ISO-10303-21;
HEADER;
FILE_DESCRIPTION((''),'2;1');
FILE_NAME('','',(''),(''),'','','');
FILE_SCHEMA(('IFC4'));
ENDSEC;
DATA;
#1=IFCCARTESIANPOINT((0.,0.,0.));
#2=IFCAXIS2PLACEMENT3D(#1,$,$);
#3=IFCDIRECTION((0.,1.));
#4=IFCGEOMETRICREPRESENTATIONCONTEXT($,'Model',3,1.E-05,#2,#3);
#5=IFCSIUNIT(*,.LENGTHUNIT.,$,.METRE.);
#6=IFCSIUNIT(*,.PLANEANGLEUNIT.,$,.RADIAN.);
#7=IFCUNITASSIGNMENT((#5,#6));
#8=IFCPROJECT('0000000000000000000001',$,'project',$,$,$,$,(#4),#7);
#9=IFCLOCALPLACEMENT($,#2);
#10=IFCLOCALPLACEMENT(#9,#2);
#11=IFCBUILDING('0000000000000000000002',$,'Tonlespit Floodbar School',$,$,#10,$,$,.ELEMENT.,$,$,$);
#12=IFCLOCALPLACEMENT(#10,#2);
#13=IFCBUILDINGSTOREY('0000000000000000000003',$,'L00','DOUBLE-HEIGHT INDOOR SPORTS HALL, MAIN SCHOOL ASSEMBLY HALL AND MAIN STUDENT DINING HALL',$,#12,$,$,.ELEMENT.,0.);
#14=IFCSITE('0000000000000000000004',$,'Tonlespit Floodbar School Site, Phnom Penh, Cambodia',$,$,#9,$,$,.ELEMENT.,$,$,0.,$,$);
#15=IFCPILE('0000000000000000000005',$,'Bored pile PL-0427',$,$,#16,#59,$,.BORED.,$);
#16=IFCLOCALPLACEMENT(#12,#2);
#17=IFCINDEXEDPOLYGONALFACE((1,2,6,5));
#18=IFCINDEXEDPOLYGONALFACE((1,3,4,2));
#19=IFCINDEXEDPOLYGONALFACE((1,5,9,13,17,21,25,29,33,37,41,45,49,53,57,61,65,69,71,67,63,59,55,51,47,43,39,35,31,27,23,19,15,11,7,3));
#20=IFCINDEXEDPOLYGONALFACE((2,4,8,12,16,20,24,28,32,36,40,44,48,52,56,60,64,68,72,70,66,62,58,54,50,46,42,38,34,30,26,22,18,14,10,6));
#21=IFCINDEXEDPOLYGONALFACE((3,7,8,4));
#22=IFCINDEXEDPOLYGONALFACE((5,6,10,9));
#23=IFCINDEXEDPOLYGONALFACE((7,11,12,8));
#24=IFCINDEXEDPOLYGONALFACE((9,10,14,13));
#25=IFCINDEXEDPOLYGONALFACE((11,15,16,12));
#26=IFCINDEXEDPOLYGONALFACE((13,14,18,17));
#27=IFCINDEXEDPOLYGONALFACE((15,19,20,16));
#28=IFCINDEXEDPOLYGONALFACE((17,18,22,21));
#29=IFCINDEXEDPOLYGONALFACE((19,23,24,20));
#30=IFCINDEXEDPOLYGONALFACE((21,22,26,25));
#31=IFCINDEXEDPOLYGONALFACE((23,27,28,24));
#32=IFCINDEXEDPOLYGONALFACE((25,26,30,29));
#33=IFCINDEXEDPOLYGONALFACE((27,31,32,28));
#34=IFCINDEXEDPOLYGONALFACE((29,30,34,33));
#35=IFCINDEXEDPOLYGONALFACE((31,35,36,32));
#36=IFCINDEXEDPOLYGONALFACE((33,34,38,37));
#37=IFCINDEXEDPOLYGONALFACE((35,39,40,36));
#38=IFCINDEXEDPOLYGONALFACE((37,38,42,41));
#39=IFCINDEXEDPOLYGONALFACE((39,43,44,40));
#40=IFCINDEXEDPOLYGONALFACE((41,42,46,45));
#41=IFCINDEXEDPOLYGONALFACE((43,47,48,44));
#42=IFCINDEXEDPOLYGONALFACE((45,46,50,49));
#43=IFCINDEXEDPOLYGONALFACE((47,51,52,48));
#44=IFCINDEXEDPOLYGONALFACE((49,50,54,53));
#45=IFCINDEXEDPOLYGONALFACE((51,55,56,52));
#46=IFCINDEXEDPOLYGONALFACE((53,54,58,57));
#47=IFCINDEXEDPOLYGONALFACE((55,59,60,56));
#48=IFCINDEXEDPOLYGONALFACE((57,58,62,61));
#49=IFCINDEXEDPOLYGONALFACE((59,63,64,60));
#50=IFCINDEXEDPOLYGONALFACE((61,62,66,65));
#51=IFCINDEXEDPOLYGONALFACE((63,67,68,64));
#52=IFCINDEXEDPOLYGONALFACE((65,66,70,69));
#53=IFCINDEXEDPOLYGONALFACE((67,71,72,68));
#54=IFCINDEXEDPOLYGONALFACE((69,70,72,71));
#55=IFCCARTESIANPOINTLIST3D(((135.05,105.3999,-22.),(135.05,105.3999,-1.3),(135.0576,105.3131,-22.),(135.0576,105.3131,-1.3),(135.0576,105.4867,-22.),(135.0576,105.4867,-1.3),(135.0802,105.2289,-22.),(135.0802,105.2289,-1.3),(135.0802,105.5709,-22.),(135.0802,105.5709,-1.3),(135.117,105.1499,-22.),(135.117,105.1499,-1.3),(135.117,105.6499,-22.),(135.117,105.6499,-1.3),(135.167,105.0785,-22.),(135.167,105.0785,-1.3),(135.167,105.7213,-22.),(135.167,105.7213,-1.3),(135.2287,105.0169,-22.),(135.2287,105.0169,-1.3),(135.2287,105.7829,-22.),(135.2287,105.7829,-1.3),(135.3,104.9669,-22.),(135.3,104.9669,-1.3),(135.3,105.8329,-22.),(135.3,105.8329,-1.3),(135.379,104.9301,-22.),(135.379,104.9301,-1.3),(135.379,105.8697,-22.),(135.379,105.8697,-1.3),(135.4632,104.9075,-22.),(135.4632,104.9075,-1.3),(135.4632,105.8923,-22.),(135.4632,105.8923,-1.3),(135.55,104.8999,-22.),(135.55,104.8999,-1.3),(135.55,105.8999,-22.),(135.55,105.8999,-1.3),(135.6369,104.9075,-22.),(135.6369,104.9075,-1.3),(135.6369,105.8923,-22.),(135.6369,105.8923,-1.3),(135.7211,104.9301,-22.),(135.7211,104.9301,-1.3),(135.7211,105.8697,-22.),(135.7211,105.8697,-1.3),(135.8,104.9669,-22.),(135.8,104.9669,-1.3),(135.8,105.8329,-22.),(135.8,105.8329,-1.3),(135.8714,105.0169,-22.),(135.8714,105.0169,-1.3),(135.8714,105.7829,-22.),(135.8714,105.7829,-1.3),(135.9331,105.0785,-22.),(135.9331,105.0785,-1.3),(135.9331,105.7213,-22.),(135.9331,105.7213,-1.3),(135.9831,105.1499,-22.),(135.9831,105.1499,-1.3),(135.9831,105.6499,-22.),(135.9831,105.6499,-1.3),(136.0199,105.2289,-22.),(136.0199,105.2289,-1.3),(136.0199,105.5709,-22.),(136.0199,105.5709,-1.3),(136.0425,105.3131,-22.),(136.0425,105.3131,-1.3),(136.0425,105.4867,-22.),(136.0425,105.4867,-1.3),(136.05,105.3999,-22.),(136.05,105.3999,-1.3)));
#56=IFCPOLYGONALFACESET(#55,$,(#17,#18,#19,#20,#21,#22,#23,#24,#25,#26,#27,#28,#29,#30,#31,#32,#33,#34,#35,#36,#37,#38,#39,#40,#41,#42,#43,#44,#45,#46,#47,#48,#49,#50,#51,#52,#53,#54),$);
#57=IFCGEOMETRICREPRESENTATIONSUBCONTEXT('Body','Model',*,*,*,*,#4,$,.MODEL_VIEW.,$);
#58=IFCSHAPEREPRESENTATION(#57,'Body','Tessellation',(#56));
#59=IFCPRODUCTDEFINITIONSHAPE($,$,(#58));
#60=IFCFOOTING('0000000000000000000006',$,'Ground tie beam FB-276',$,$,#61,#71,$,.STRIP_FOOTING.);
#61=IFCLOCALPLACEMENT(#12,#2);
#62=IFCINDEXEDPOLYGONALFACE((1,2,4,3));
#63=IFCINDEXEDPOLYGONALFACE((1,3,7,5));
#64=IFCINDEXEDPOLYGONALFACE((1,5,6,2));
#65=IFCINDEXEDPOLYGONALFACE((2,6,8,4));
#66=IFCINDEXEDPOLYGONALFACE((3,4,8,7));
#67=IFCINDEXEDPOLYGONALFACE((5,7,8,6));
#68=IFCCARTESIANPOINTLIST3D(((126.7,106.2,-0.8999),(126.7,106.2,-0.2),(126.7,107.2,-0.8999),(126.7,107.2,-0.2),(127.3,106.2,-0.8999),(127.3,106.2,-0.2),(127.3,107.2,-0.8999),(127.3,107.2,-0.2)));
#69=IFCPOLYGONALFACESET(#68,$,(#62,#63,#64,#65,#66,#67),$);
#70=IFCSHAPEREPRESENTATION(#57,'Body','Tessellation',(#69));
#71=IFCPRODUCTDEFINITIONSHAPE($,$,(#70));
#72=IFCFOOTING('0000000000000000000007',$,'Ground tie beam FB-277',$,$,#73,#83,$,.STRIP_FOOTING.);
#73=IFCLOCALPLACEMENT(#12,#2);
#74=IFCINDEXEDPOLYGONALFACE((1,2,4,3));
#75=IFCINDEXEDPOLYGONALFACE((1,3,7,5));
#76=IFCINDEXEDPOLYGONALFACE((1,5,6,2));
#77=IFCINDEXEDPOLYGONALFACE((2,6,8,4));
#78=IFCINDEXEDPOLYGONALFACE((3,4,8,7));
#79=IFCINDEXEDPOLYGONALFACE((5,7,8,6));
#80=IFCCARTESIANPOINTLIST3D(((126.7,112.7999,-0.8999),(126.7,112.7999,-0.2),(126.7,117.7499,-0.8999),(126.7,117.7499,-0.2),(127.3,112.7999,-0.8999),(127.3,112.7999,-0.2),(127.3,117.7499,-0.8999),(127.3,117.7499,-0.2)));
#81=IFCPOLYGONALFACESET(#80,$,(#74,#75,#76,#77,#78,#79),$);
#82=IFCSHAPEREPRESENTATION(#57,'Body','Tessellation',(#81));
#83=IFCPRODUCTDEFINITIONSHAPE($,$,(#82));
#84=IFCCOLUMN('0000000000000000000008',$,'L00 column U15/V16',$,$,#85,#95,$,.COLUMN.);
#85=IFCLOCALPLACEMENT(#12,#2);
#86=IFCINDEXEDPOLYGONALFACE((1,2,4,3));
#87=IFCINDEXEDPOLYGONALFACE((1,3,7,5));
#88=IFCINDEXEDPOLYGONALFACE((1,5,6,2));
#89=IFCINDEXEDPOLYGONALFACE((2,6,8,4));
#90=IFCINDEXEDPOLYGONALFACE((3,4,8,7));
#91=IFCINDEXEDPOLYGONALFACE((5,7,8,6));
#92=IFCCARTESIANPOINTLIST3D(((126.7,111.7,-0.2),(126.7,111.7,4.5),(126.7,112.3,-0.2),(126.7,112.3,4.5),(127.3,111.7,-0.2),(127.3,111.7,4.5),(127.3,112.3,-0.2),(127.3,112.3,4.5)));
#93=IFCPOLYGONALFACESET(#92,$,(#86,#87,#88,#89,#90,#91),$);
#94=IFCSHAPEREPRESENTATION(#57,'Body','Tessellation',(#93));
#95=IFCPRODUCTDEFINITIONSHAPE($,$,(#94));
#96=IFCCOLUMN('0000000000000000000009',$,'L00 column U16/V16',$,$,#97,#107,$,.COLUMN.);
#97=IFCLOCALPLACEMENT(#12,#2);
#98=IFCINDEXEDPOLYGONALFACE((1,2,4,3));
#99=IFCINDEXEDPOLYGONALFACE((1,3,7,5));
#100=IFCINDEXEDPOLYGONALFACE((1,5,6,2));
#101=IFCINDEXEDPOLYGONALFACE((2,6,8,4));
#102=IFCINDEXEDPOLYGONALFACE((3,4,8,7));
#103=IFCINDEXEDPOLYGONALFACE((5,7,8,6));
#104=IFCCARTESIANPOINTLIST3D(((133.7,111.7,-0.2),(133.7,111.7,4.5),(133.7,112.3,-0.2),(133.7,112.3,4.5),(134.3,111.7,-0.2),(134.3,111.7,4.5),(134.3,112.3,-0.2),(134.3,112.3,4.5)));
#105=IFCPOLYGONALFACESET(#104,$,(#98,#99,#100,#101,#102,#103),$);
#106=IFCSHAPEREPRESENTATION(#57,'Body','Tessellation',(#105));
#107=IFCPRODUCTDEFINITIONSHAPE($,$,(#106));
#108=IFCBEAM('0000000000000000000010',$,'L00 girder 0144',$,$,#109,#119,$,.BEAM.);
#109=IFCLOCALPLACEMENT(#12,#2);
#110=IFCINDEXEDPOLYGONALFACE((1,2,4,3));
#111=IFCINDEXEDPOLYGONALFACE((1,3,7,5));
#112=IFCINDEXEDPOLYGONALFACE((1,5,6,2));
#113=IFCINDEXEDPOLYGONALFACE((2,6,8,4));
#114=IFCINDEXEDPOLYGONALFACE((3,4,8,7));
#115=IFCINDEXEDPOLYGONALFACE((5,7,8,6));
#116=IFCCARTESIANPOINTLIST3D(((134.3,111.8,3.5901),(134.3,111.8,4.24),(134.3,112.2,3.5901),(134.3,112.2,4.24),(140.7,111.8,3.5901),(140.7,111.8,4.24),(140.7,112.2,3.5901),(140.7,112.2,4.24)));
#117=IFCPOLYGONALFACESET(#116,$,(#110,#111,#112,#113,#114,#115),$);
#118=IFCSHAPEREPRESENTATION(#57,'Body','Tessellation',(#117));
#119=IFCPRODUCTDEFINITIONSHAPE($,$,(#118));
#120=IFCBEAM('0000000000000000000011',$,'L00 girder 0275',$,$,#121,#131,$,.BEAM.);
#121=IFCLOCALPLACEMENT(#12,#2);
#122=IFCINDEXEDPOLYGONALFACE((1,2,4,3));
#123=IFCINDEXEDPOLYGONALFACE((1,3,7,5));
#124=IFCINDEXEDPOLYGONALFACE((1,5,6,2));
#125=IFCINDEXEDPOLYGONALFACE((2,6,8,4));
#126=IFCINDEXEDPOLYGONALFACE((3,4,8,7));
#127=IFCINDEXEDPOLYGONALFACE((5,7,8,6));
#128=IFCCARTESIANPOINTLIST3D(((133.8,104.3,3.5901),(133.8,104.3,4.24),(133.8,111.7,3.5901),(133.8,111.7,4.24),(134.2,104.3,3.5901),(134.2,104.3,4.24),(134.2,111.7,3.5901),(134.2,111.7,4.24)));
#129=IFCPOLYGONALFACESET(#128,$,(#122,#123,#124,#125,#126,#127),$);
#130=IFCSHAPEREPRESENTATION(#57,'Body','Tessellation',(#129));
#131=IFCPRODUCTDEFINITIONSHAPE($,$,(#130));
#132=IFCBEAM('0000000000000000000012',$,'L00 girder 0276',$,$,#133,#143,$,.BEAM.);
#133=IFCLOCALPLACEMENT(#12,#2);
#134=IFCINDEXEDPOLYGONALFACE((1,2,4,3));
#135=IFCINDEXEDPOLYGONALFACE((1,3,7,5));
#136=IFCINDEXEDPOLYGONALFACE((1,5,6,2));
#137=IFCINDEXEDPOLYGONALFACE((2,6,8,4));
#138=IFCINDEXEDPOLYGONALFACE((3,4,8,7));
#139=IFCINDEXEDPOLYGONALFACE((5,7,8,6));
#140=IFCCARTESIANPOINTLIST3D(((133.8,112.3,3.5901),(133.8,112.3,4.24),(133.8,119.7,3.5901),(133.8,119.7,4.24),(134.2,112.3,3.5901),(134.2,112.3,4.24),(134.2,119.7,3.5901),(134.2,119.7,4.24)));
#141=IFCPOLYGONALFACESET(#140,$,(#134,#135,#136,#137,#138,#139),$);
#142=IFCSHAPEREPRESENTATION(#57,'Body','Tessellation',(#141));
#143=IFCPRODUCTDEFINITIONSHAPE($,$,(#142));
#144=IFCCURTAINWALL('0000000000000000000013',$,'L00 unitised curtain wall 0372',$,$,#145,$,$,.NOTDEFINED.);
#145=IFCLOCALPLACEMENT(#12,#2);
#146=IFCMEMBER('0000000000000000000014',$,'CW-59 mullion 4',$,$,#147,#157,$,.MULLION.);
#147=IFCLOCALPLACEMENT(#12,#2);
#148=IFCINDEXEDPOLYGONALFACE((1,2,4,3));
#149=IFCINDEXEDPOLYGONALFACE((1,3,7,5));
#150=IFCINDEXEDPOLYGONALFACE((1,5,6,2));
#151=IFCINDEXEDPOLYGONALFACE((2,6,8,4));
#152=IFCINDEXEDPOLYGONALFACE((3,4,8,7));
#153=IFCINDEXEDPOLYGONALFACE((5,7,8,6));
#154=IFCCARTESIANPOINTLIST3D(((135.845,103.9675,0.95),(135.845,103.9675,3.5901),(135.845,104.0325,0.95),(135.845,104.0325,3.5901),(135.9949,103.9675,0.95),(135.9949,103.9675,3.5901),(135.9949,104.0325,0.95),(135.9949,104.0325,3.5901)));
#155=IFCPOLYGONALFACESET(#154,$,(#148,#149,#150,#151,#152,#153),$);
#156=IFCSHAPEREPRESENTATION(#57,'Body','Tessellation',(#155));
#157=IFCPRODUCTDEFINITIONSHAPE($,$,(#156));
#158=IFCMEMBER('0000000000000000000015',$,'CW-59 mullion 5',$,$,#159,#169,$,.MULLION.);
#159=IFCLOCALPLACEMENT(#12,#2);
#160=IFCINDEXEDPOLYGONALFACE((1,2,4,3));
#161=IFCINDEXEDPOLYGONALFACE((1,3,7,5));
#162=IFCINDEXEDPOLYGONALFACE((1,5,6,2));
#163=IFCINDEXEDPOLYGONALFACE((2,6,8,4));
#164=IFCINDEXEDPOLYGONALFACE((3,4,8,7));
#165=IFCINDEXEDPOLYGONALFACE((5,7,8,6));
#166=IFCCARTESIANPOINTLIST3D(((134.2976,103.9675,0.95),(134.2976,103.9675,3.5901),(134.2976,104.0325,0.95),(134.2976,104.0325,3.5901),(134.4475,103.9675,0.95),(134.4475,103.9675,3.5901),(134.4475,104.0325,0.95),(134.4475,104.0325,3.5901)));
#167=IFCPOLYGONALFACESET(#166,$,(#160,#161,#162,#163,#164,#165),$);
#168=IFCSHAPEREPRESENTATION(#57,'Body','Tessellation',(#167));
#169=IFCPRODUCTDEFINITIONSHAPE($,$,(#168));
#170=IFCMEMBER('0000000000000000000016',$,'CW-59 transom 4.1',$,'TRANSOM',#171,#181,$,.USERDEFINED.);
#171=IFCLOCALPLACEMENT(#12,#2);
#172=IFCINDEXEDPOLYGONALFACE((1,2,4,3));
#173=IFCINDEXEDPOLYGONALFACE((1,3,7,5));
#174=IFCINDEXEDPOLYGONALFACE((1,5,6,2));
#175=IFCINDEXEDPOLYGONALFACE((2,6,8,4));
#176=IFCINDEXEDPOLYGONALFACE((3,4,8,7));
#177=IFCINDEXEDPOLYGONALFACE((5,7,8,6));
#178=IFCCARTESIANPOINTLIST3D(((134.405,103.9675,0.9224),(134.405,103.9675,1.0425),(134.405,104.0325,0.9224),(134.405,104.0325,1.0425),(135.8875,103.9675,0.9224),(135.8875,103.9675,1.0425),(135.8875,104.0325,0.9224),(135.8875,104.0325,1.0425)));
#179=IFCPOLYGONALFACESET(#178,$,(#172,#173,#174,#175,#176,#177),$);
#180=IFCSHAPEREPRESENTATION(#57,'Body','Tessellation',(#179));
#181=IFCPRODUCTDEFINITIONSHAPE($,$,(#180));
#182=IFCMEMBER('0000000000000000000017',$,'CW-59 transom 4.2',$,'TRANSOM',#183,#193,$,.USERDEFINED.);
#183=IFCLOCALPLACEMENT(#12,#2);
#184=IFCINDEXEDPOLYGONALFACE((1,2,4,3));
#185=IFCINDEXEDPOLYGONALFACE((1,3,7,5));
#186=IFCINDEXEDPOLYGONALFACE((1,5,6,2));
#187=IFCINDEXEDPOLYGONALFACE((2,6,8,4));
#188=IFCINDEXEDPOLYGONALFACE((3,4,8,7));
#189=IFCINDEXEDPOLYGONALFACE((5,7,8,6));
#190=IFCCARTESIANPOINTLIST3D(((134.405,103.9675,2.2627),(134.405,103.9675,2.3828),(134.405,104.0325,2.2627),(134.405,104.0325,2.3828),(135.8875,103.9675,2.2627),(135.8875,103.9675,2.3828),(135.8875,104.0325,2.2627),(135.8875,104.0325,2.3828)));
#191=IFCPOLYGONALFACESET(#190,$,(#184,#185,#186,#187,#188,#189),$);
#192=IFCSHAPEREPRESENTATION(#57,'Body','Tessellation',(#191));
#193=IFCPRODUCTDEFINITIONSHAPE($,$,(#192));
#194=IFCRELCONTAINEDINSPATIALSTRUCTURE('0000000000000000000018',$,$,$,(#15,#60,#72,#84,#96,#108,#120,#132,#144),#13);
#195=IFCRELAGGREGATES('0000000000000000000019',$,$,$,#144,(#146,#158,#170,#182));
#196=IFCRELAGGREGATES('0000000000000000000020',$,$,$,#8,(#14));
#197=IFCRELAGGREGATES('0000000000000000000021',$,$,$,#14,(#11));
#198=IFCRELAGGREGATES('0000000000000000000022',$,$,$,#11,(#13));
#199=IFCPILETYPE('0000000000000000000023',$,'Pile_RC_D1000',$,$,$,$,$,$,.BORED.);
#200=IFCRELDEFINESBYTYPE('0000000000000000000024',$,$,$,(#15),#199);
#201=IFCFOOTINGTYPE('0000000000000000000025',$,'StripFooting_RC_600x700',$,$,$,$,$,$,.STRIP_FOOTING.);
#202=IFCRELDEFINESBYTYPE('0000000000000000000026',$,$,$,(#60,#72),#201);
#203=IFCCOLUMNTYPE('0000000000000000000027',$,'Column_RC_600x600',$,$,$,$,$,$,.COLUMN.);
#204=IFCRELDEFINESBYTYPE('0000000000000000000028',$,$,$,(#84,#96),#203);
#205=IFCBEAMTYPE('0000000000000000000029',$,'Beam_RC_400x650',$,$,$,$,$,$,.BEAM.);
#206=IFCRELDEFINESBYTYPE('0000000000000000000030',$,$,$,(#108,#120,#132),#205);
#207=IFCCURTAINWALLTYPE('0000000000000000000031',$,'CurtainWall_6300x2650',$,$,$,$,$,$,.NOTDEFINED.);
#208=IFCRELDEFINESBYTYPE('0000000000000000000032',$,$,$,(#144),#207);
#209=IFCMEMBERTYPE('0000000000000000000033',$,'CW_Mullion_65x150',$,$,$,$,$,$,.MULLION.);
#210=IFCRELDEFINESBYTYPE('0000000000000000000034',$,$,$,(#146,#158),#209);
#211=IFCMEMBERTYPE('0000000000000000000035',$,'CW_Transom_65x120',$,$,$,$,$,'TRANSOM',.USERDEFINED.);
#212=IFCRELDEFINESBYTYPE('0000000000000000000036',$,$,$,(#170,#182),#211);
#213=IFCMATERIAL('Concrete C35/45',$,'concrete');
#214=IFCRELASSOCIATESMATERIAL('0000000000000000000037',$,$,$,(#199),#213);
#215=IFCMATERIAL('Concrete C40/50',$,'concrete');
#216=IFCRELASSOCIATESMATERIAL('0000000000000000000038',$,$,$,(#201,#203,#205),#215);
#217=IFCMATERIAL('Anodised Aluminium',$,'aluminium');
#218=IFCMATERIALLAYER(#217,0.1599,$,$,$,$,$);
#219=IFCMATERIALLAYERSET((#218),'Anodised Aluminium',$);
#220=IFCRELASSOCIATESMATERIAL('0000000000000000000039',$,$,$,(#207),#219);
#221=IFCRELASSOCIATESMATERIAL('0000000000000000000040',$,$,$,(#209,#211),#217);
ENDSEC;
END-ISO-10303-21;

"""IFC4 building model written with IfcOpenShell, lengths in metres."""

from ifc_helpers import new_model, si_unit, direction, frame, origin, origin_2d, place, context, subcontext, project, spatial, rectangle, circle, extrude, material, layer, layer_set, material_profile, profile_set, type_object, element, aggregate, save


model = new_model("IFC4")

# Units and contexts
model_context = context("Model", 3, precision=1e-05, world=origin(), true_north=direction((0.0, 1.0)))
body_context = subcontext(model_context, "Body", "Model", "MODEL_VIEW")
ifc_project = project(units=[si_unit("LENGTHUNIT", "METRE"), si_unit("PLANEANGLEUNIT", "RADIAN")], contexts=[model_context])

# Site, building, storey
site_placement = place(None, origin())
site = spatial("IfcSite", under=ifc_project, at=site_placement, Name="Tonlespit Floodbar School Site, Phnom Penh, Cambodia", CompositionType="ELEMENT", RefElevation=0.0)
building_placement = place(site_placement, origin())
building = spatial("IfcBuilding", under=site, at=building_placement, Name="Tonlespit Floodbar School", CompositionType="ELEMENT")
storey_placement = place(building_placement, origin())
storey = spatial("IfcBuildingStorey", under=building, at=storey_placement, Name="L00", Description="DOUBLE-HEIGHT INDOOR SPORTS HALL, MAIN SCHOOL ASSEMBLY HALL AND MAIN STUDENT DINING HALL", CompositionType="ELEMENT", Elevation=0.0)

# Shared definitions
ifc_material_1 = material(Name="Concrete C40/50", Category="concrete")

# Pile
ifc_material_2 = material(Name="Concrete C35/45", Category="concrete")
ifc_material_profile_1 = material_profile(ifc_material_2, circle(Radius=0.5, at=origin_2d()), Name="BP D1000")
ifc_profile_set_1 = profile_set([ifc_material_profile_1], Name="Concrete C35/45")
pile_type = type_object("IfcPileType", Name="Pile_RC_D1000", PredefinedType="BORED", material=ifc_profile_set_1)
for number, where, z_axis, x_axis, name in (
    (1, (135.55, 105.3999, -1.3), (0.0, 0.0, -1.0), (1.0, 0.0, 0.0), "Bored pile PL-0427"),
):
    element("IfcPile", number, at=place(storey_placement, frame(where, z_axis=z_axis, x_axis=x_axis)), inside=storey, type_object=pile_type, Name=name, PredefinedType="BORED", context=body_context, shape_type="SweptSolid", body=[
        extrude(circle(Radius=0.5, at=origin_2d()), origin(), (0.0, 0.0, 1.0), 20.7),
    ])

# Footings
footing_type_1 = type_object("IfcFootingType", Name="StripFooting_RC_600x700", PredefinedType="STRIP_FOOTING", material=ifc_material_1)
footing_1_placement = place(storey_placement, frame((127.0, 106.7, -0.8999), z_axis=(0.0, 0.0, 1.0), x_axis=(0.0, 1.0, 0.0)))
element("IfcFooting", 2, at=footing_1_placement, inside=storey, type_object=footing_type_1, Name="Ground tie beam FB-276", PredefinedType="STRIP_FOOTING", context=body_context, shape_type="SweptSolid", body=[
    extrude(rectangle(XDim=1.0, YDim=0.6001, at=origin_2d()), origin(), (0.0, 0.0, 1.0), 0.7),
])
footing_2_placement = place(storey_placement, frame((127.0, 115.2749, -0.8999), z_axis=(0.0, 0.0, 1.0), x_axis=(0.0, 1.0, 0.0)))
element("IfcFooting", 3, at=footing_2_placement, inside=storey, type_object=footing_type_1, Name="Ground tie beam FB-277", PredefinedType="STRIP_FOOTING", context=body_context, shape_type="SweptSolid", body=[
    extrude(rectangle(XDim=4.95, YDim=0.6001, at=origin_2d()), origin(), (0.0, 0.0, 1.0), 0.7),
])

# Columns
ifc_material_profile_2 = material_profile(ifc_material_1, rectangle(XDim=0.6001, YDim=0.6001, at=origin_2d()), Name="RC 600x600")
ifc_profile_set_2 = profile_set([ifc_material_profile_2], Name="Concrete C40/50")
column_type = type_object("IfcColumnType", Name="Column_RC_600x600", PredefinedType="COLUMN", material=ifc_profile_set_2)
for number, where, z_axis, x_axis, name in (
    (4, (127.0, 112.0, -0.2), (0.0, 0.0, 1.0), (1.0, 0.0, 0.0), "L00 column U15/V16"),
    (5, (134.0, 112.0, -0.2), (0.0, 0.0, 1.0), (1.0, 0.0, 0.0), "L00 column U16/V16"),
):
    element("IfcColumn", number, at=place(storey_placement, frame(where, z_axis=z_axis, x_axis=x_axis)), inside=storey, type_object=column_type, Name=name, PredefinedType="COLUMN", context=body_context, shape_type="SweptSolid", body=[
        extrude(rectangle(XDim=0.6001, YDim=0.6001, at=origin_2d()), origin(), (0.0, 0.0, 1.0), 4.7),
    ])

# Beams
ifc_material_profile_3 = material_profile(ifc_material_1, rectangle(XDim=0.3999, YDim=0.6499, at=origin_2d()), Name="RC 400x650")
ifc_profile_set_3 = profile_set([ifc_material_profile_3], Name="Concrete C40/50")
beam_type = type_object("IfcBeamType", Name="Beam_RC_400x650", PredefinedType="BEAM", material=ifc_profile_set_3)
beam_placement = place(storey_placement, frame((134.3, 112.0, 3.915), z_axis=(1.0, 0.0, 0.0), x_axis=(0.0, 1.0, 0.0)))
element("IfcBeam", 6, at=beam_placement, inside=storey, type_object=beam_type, Name="L00 girder 0144", PredefinedType="BEAM", context=body_context, shape_type="SweptSolid", body=[
    extrude(rectangle(XDim=0.3999, YDim=0.6499, at=origin_2d()), origin(), (0.0, 0.0, 1.0), 6.3999),
])
for number, where, z_axis, x_axis, name in (
    (7, (134.0, 104.3, 3.915), (0.0, 1.0, 0.0), (-1.0, 0.0, 0.0), "L00 girder 0275"),
    (8, (134.0, 112.3, 3.915), (0.0, 1.0, 0.0), (-1.0, 0.0, 0.0), "L00 girder 0276"),
):
    element("IfcBeam", number, at=place(storey_placement, frame(where, z_axis=z_axis, x_axis=x_axis)), inside=storey, type_object=beam_type, Name=name, PredefinedType="BEAM", context=body_context, shape_type="SweptSolid", body=[
        extrude(rectangle(XDim=0.3999, YDim=0.6499, at=origin_2d()), origin(), (0.0, 0.0, 1.0), 7.3999),
    ])

# Curtain wall, members
ifc_material_3 = material(Name="Anodised Aluminium", Category="aluminium")
ifc_layer_1 = layer(ifc_material_3, 0.1599)
ifc_layer_set_1 = layer_set([ifc_layer_1], Name="Anodised Aluminium")
curtain_wall_type = type_object("IfcCurtainWallType", Name="CurtainWall_6300x2650", PredefinedType="NOTDEFINED", material=ifc_layer_set_1)
curtain_wall_placement = place(storey_placement, origin())
curtain_wall = element("IfcCurtainWall", 9, at=curtain_wall_placement, inside=storey, type_object=curtain_wall_type, Name="L00 unitised curtain wall 0372", PredefinedType="NOTDEFINED")
ifc_material_profile_4 = material_profile(ifc_material_3, rectangle(XDim=0.0649, YDim=0.1499, at=origin_2d()), Name="ALU M65x150")
ifc_profile_set_4 = profile_set([ifc_material_profile_4], Name="Anodised Aluminium")
member_type_1 = type_object("IfcMemberType", Name="CW_Mullion_65x150", PredefinedType="MULLION", material=ifc_profile_set_4)
member_1_placement = place(storey_placement, frame((135.9199, 104.0, 0.95), z_axis=(0.0, 0.0, 1.0), x_axis=(0.0, -1.0, 0.0)))
member_1 = element("IfcMember", 10, at=member_1_placement, type_object=member_type_1, Name="CW-59 mullion 4", PredefinedType="MULLION", context=body_context, shape_type="SweptSolid", body=[
    extrude(rectangle(XDim=0.0649, YDim=0.1499, at=origin_2d()), origin(), (0.0, 0.0, 1.0), 2.6401),
])
member_2_placement = place(storey_placement, frame((134.3726, 104.0, 0.95), z_axis=(0.0, 0.0, 1.0), x_axis=(0.0, -1.0, 0.0)))
member_2 = element("IfcMember", 11, at=member_2_placement, type_object=member_type_1, Name="CW-59 mullion 5", PredefinedType="MULLION", context=body_context, shape_type="SweptSolid", body=[
    extrude(rectangle(XDim=0.0649, YDim=0.1499, at=origin_2d()), origin(), (0.0, 0.0, 1.0), 2.6401),
])
ifc_material_profile_5 = material_profile(ifc_material_3, rectangle(XDim=0.0649, YDim=0.1201, at=origin_2d()), Name="ALU T65x120")
ifc_profile_set_5 = profile_set([ifc_material_profile_5], Name="Anodised Aluminium")
member_type_2 = type_object("IfcMemberType", Name="CW_Transom_65x120", ElementType="TRANSOM", PredefinedType="USERDEFINED", material=ifc_profile_set_5)
member_3_placement = place(storey_placement, frame((135.8875, 104.0, 0.9824), z_axis=(-1.0, 0.0, 0.0), x_axis=(0.0, -1.0, 0.0)))
member_3 = element("IfcMember", 12, at=member_3_placement, type_object=member_type_2, Name="CW-59 transom 4.1", ObjectType="TRANSOM", PredefinedType="USERDEFINED", context=body_context, shape_type="SweptSolid", body=[
    extrude(rectangle(XDim=0.0649, YDim=0.1201, at=origin_2d()), origin(), (0.0, 0.0, 1.0), 1.4824),
])
member_4_placement = place(storey_placement, frame((135.8875, 104.0, 2.3228), z_axis=(-1.0, 0.0, 0.0), x_axis=(0.0, -1.0, 0.0)))
member_4 = element("IfcMember", 13, at=member_4_placement, type_object=member_type_2, Name="CW-59 transom 4.2", ObjectType="TRANSOM", PredefinedType="USERDEFINED", context=body_context, shape_type="SweptSolid", body=[
    extrude(rectangle(XDim=0.0649, YDim=0.1201, at=origin_2d()), origin(), (0.0, 0.0, 1.0), 1.4824),
])
aggregate(curtain_wall, [member_1, member_2, member_3, member_4])

save(model, "model.ifc")
